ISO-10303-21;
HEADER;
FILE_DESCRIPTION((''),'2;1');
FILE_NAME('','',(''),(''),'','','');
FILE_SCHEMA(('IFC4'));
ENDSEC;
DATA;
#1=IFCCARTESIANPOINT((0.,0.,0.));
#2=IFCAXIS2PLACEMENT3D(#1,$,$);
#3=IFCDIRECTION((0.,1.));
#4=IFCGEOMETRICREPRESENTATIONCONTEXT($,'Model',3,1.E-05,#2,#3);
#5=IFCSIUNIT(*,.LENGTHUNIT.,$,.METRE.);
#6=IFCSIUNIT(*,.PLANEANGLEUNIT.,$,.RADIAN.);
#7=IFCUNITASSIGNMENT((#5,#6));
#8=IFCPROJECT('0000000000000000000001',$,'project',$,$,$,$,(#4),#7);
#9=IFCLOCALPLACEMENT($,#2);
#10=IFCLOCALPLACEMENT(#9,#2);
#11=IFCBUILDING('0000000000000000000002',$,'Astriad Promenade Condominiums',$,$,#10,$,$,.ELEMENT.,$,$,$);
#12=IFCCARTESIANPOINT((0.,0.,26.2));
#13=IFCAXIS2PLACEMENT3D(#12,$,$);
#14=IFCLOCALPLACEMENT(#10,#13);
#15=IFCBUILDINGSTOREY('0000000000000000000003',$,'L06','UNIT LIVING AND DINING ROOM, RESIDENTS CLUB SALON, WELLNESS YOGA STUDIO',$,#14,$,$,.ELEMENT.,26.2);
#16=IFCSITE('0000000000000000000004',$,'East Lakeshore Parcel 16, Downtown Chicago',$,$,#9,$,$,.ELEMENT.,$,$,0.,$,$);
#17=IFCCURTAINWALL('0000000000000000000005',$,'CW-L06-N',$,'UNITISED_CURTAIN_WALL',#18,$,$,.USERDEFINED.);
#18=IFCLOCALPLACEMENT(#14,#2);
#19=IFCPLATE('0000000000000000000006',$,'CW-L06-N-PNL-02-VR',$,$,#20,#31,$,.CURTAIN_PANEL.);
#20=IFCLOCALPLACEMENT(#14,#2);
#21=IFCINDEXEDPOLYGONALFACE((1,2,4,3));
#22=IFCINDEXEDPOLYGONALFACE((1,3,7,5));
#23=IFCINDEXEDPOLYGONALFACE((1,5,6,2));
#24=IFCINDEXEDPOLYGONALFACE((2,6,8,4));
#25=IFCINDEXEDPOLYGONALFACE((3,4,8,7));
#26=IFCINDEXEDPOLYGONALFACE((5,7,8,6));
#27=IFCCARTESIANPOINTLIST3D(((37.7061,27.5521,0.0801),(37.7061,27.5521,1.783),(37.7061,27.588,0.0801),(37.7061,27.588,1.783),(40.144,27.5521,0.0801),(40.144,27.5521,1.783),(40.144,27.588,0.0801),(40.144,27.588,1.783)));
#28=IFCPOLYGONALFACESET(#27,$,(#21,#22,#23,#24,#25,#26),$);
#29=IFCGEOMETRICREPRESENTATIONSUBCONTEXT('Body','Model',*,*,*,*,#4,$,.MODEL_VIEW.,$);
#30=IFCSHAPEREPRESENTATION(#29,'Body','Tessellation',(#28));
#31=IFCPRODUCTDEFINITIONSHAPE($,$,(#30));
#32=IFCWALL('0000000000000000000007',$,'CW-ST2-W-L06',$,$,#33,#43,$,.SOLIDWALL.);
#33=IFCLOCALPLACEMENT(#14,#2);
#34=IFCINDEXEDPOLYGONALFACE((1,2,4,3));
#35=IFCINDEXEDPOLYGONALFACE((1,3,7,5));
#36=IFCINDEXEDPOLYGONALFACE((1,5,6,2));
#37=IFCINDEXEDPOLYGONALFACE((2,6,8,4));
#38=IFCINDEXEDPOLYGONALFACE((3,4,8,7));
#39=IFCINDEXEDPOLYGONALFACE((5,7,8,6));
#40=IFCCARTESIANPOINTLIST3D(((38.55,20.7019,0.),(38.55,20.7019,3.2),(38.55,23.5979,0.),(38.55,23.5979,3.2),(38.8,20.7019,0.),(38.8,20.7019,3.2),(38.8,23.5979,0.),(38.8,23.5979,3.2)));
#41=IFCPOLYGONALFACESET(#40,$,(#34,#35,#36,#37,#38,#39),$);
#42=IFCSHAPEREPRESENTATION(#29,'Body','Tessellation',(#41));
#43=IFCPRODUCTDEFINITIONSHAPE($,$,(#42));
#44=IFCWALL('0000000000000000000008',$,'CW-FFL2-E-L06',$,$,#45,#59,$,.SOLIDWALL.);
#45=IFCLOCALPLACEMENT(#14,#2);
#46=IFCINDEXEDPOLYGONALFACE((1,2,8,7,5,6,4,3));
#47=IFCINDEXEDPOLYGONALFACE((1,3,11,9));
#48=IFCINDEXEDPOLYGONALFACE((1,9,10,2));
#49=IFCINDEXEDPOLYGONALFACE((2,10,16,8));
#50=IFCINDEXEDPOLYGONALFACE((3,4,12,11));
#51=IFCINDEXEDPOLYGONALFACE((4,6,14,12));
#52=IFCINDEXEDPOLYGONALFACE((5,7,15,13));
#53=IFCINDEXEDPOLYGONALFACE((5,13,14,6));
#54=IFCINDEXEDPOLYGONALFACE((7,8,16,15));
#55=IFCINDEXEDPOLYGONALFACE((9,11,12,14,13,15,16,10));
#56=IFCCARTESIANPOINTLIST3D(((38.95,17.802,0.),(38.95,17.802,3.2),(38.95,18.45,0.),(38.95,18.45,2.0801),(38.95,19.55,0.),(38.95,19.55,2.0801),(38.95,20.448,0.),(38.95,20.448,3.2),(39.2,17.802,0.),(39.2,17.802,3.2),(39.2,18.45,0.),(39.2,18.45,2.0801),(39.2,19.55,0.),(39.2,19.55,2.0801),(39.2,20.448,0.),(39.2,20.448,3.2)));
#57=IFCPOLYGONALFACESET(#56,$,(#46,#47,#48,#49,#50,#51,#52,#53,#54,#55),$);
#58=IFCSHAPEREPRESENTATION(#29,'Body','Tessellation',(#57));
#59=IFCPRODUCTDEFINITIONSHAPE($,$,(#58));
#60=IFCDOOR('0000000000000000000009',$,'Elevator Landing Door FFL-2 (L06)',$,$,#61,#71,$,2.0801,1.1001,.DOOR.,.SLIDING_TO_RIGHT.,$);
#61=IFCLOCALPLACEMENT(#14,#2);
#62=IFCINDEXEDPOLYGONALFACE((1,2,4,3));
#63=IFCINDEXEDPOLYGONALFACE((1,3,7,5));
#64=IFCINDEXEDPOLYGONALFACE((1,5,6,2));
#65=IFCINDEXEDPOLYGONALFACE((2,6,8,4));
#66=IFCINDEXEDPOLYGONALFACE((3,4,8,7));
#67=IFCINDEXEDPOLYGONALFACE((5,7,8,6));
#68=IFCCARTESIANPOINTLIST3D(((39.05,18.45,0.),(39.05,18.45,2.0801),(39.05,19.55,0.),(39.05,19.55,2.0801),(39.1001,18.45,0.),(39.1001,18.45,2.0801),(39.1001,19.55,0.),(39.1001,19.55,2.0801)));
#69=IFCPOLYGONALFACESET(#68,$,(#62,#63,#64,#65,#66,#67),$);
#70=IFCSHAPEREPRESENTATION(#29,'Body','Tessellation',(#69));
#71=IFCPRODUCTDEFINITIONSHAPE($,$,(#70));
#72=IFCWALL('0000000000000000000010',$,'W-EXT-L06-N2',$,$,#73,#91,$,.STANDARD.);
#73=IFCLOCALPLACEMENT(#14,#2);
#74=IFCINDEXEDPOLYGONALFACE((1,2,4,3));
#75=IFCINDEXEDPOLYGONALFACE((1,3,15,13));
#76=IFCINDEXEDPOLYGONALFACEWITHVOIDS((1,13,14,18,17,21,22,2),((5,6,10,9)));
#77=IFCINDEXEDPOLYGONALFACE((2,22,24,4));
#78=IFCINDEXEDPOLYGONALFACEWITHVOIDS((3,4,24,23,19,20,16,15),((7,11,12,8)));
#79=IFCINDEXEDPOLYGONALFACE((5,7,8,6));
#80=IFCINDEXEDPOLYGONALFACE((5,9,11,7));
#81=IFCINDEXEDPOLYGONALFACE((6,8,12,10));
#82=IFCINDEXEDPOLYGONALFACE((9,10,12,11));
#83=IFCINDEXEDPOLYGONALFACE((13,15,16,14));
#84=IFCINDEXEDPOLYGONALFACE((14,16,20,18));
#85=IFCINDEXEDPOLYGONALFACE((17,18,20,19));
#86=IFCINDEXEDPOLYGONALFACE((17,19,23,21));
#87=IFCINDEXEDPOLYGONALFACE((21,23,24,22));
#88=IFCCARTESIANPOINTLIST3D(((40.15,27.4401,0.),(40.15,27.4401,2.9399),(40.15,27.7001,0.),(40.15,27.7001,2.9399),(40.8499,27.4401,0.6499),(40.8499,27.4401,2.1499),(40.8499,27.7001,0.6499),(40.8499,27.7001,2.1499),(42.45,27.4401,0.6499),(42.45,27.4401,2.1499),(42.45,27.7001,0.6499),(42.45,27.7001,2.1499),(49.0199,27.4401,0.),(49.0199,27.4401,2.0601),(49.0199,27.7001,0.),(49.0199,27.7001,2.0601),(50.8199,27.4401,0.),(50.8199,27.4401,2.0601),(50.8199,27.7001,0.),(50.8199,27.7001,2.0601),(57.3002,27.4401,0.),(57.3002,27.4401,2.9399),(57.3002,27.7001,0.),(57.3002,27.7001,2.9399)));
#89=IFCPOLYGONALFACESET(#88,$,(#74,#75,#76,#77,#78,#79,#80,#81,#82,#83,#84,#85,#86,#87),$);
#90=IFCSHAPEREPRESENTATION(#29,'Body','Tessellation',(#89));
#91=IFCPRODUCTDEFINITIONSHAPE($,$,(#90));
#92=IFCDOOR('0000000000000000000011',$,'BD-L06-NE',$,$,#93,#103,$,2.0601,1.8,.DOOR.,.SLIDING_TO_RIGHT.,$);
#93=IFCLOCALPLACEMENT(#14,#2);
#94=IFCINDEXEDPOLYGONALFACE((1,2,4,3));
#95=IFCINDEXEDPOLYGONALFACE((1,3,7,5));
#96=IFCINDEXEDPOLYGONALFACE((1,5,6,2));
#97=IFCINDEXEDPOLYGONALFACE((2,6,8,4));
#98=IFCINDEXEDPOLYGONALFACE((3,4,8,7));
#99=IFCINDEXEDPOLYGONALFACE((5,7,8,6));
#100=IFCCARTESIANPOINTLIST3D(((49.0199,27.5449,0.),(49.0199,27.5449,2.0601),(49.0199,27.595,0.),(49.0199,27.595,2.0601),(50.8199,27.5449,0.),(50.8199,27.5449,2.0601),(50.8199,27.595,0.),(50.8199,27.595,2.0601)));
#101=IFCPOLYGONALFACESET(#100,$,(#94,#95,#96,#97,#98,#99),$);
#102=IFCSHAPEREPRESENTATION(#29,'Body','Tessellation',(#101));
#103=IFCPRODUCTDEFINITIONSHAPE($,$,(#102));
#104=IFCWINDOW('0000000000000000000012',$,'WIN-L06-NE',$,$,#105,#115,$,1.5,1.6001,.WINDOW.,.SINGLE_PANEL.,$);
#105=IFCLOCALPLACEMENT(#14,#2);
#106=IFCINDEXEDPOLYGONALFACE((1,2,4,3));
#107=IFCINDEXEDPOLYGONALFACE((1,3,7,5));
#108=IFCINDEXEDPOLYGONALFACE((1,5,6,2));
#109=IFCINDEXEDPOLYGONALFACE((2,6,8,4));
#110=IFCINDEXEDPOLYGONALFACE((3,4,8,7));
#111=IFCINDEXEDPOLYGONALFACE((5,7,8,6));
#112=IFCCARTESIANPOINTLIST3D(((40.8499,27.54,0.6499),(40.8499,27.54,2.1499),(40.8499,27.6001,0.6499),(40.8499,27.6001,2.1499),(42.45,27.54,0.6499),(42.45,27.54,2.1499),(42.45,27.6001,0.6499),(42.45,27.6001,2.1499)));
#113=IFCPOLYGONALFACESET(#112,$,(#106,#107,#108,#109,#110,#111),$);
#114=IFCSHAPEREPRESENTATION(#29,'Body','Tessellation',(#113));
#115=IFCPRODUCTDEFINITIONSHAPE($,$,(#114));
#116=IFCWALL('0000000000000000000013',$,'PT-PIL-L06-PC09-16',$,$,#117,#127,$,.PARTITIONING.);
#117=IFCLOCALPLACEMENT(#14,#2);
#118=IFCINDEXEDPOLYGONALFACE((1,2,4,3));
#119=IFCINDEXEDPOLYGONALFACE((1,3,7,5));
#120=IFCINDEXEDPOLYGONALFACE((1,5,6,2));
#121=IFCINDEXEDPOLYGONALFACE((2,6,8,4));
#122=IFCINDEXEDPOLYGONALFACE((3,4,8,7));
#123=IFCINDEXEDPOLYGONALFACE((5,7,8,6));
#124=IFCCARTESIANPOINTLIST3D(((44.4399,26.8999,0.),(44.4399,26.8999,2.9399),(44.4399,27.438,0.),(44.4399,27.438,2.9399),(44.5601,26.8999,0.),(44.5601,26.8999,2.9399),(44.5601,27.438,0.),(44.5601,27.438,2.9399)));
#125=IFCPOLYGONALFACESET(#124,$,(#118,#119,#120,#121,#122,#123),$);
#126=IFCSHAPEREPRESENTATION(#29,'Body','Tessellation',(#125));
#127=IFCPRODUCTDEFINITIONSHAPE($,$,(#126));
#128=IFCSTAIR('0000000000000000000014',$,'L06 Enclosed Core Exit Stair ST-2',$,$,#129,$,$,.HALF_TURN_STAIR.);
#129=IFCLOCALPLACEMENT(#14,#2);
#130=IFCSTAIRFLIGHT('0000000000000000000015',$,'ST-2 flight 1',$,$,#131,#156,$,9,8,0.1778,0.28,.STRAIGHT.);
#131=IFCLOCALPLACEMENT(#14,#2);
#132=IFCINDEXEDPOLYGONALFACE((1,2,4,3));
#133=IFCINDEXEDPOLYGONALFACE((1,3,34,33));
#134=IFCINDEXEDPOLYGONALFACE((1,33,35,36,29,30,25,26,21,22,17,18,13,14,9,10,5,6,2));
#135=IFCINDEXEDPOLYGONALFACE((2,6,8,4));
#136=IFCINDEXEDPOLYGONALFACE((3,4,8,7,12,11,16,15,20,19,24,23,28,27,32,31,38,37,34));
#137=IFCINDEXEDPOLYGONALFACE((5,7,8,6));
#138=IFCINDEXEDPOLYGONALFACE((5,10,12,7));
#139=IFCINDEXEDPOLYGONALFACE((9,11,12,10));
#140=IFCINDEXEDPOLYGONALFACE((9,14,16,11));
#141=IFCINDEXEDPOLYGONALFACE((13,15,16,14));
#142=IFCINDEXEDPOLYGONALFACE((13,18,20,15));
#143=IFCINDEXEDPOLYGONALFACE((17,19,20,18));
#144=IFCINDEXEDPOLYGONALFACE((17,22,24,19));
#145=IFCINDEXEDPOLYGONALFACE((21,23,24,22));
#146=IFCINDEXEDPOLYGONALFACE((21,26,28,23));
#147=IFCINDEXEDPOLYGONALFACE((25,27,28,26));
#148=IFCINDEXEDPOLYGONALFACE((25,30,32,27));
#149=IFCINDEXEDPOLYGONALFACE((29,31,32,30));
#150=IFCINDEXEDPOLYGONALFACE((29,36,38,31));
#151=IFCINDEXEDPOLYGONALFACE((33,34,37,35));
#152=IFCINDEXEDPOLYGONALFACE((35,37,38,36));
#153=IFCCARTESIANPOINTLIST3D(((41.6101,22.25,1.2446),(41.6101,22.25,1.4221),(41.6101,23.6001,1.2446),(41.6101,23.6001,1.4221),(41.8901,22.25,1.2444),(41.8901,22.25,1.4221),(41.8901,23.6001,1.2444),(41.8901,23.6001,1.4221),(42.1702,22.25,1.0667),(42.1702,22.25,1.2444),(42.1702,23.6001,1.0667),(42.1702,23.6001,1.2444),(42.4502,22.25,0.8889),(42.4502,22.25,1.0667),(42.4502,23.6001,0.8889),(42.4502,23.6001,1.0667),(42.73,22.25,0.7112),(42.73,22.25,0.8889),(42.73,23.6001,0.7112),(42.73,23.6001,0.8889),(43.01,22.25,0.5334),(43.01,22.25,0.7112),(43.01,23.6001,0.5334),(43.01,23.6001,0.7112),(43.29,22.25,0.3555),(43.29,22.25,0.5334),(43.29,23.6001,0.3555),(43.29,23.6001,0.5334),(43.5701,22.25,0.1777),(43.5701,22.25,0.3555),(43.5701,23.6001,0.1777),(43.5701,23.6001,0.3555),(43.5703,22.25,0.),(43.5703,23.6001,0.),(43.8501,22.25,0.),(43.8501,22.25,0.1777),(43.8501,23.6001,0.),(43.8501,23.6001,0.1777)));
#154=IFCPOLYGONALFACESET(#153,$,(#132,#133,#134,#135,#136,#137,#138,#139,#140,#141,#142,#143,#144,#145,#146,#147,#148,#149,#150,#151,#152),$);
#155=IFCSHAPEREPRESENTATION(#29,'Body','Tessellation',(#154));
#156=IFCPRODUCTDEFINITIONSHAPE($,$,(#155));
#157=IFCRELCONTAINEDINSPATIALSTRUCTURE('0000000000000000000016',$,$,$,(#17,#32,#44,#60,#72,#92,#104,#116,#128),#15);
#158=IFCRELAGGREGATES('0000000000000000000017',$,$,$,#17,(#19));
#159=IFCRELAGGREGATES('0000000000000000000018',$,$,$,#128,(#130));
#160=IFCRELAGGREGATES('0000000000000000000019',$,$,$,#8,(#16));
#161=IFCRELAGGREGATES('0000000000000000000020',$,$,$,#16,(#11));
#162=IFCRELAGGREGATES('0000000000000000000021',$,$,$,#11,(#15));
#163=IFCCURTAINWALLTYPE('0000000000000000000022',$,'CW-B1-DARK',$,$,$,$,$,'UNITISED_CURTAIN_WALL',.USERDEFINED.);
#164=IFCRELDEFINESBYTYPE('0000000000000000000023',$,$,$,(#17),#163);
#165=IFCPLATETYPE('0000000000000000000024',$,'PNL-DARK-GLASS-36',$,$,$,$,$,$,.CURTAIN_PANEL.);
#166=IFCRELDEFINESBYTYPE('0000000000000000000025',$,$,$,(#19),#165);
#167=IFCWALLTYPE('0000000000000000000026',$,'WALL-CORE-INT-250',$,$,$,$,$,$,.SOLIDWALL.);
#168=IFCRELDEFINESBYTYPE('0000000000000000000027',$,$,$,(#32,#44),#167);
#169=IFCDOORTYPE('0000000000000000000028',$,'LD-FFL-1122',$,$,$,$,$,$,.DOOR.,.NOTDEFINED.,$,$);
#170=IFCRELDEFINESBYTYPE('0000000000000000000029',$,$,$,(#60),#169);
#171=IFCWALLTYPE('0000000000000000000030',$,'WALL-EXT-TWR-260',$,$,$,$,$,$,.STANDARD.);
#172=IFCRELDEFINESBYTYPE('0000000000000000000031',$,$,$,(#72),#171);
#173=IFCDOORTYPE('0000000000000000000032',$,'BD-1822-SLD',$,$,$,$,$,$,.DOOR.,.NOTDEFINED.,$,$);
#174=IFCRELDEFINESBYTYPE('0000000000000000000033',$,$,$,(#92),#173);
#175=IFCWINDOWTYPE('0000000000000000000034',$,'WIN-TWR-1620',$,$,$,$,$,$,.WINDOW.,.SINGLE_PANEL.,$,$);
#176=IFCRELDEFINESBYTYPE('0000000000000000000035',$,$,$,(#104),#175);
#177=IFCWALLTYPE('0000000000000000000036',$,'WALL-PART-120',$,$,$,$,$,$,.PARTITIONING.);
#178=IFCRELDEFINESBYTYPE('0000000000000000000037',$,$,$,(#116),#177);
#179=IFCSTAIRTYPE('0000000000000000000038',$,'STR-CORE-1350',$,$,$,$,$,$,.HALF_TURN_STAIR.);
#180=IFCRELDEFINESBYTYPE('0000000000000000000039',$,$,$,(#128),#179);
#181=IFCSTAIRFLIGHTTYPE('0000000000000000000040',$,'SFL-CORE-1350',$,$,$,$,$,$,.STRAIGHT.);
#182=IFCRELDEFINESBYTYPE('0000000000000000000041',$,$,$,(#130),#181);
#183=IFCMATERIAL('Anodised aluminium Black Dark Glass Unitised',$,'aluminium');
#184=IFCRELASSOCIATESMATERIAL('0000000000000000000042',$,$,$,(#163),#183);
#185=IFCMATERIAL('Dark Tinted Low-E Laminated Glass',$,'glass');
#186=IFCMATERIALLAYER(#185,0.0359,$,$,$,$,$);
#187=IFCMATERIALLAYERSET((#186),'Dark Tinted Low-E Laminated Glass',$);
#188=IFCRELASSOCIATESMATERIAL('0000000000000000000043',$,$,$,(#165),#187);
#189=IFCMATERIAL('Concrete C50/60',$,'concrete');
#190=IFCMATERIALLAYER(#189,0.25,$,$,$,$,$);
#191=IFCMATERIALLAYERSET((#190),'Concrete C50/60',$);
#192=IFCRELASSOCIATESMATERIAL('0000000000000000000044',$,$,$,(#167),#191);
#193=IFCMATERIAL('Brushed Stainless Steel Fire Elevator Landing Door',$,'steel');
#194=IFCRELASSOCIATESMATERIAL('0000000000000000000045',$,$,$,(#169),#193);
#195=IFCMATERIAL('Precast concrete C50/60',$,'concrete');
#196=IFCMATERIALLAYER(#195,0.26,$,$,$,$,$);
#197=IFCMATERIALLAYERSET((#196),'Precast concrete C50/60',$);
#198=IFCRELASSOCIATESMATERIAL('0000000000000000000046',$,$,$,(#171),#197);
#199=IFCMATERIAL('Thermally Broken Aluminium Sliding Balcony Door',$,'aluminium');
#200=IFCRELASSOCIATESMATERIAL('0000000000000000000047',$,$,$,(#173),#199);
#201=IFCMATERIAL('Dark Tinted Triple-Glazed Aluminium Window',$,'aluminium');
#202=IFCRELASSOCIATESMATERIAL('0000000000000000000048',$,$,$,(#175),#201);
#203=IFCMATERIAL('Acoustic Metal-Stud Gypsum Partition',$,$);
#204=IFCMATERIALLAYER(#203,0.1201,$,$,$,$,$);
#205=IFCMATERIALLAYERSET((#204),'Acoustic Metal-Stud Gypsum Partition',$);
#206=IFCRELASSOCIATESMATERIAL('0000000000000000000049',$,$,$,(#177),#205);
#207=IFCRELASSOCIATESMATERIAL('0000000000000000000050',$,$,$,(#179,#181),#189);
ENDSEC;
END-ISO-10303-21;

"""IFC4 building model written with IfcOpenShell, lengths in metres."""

from ifc_helpers import new_model, si_unit, direction, frame, frame_2d, origin, origin_2d, place, context, subcontext, project, spatial, polyline, rectangle, outline, extrude, source, transform, mapped, material, layer, layer_set, type_object, type_shapes, element, fill, aggregate, save


model = new_model("IFC4")

# Units and contexts
model_context = context("Model", 3, precision=1e-05, world=origin(), true_north=direction((0.0, 1.0)))
body_context = subcontext(model_context, "Body", "Model", "MODEL_VIEW")
ifc_project = project(units=[si_unit("LENGTHUNIT", "METRE"), si_unit("PLANEANGLEUNIT", "RADIAN")], contexts=[model_context])

# Site, building, storey
site_placement = place(None, origin())
site = spatial("IfcSite", under=ifc_project, at=site_placement, Name="East Lakeshore Parcel 16, Downtown Chicago", CompositionType="ELEMENT", RefElevation=0.0)
building_placement = place(site_placement, origin())
building = spatial("IfcBuilding", under=site, at=building_placement, Name="Astriad Promenade Condominiums", CompositionType="ELEMENT")
storey_placement = place(building_placement, frame((0.0, 0.0, 26.2)))
storey = spatial("IfcBuildingStorey", under=building, at=storey_placement, Name="L06", Description="UNIT LIVING AND DINING ROOM, RESIDENTS CLUB SALON, WELLNESS YOGA STUDIO", CompositionType="ELEMENT", Elevation=26.2)

# Curtain wall, plate
ifc_material_1 = material(Name="Anodised aluminium Black Dark Glass Unitised", Category="aluminium")
curtain_wall_type = type_object("IfcCurtainWallType", Name="CW-B1-DARK", ElementType="UNITISED_CURTAIN_WALL", PredefinedType="USERDEFINED", material=ifc_material_1)
curtain_wall_placement = place(storey_placement, origin())
curtain_wall = element("IfcCurtainWall", 1, at=curtain_wall_placement, inside=storey, type_object=curtain_wall_type, Name="CW-L06-N", ObjectType="UNITISED_CURTAIN_WALL", PredefinedType="USERDEFINED")
ifc_material_2 = material(Name="Dark Tinted Low-E Laminated Glass", Category="glass")
ifc_layer_1 = layer(ifc_material_2, 0.0359)
ifc_layer_set_1 = layer_set([ifc_layer_1], Name="Dark Tinted Low-E Laminated Glass")
plate_type = type_object("IfcPlateType", Name="PNL-DARK-GLASS-36", PredefinedType="CURTAIN_PANEL", material=ifc_layer_set_1)
shared_shape_1 = source(origin(), body_context, "Body", "SweptSolid", [
    extrude(rectangle(XDim=2.438, YDim=0.0359, at=origin_2d()), origin(), (0.0, 0.0, 1.0), 1.7029),
])
type_shapes(plate_type, [shared_shape_1])
plate_placement = place(storey_placement, frame((38.925, 27.5701, 0.0801), z_axis=(0.0, 0.0, 1.0), x_axis=(1.0, 0.0, 0.0)))
plate = element("IfcPlate", 2, at=plate_placement, type_object=plate_type, Name="CW-L06-N-PNL-02-VR", PredefinedType="CURTAIN_PANEL", context=body_context, shape_type="MappedRepresentation", body=[
    mapped(shared_shape_1, transform((0.0, 0.0, 0.0), scale=1.0)),
])
aggregate(curtain_wall, [plate])

# Wall
ifc_material_3 = material(Name="Concrete C50/60", Category="concrete")
ifc_layer_2 = layer(ifc_material_3, 0.25)
ifc_layer_set_2 = layer_set([ifc_layer_2], Name="Concrete C50/60")
wall_type_1 = type_object("IfcWallType", Name="WALL-CORE-INT-250", PredefinedType="SOLIDWALL", material=ifc_layer_set_2)
wall_1_placement = place(storey_placement, frame((38.675, 20.7019, 0.0), z_axis=(0.0, 0.0, 1.0), x_axis=(0.0, 1.0, 0.0)))
element("IfcWall", 3, at=wall_1_placement, inside=storey, type_object=wall_type_1, Name="CW-ST2-W-L06", PredefinedType="SOLIDWALL", context=body_context, shape_type="SweptSolid", body=[
    extrude(rectangle(XDim=2.896, YDim=0.25, at=frame_2d((1.448, 0.0))), origin(), (0.0, 0.0, 1.0), 3.2),
])

# Wall, opening, door
wall_2_placement = place(storey_placement, frame((39.075, 17.802, 0.0), z_axis=(0.0, 0.0, 1.0), x_axis=(0.0, 1.0, 0.0)))
wall_2 = element("IfcWall", 4, at=wall_2_placement, inside=storey, type_object=wall_type_1, Name="CW-FFL2-E-L06", PredefinedType="SOLIDWALL", context=body_context, shape_type="SweptSolid", body=[
    extrude(rectangle(XDim=2.646, YDim=0.25, at=frame_2d((1.323, 0.0))), origin(), (0.0, 0.0, 1.0), 3.2),
])
opening_1_placement = place(wall_2_placement, frame((0.6479, 0.0, 0.0)))
opening_1 = element("IfcOpeningElement", 5, at=opening_1_placement, cuts=wall_2, PredefinedType="OPENING", context=body_context, shape_type="SweptSolid", body=[
    extrude(rectangle(XDim=1.1001, YDim=2.0801, at=frame_2d((0.55, 1.04))), frame((0.0, 0.135, 0.0), z_axis=(0.0, -1.0, 0.0), x_axis=(1.0, 0.0, 0.0)), (0.0, 0.0, 1.0), 0.27),
])
ifc_material_4 = material(Name="Brushed Stainless Steel Fire Elevator Landing Door", Category="steel")
door_type_1 = type_object("IfcDoorType", Name="LD-FFL-1122", OperationType="NOTDEFINED", PredefinedType="DOOR", material=ifc_material_4)
shared_shape_2 = source(origin(), body_context, "Body", "SweptSolid", [
    extrude(rectangle(XDim=1.1001, YDim=2.0801, at=frame_2d((0.55, 1.04))), frame((0.0, 0.0249, 0.0), z_axis=(0.0, -1.0, 0.0), x_axis=(1.0, 0.0, 0.0)), (0.0, 0.0, 1.0), 0.05),
])
type_shapes(door_type_1, [shared_shape_2])
door_1_placement = place(opening_1_placement, origin())
door_1 = element("IfcDoor", 6, at=door_1_placement, inside=storey, type_object=door_type_1, Name="Elevator Landing Door FFL-2 (L06)", OperationType="SLIDING_TO_RIGHT", OverallHeight=2.0801, OverallWidth=1.1001, PredefinedType="DOOR", context=body_context, shape_type="MappedRepresentation", body=[
    mapped(shared_shape_2, transform((0.0, 0.0, 0.0), scale=1.0)),
])
fill(opening_1, door_1)

# Wall, openings, door, window
ifc_material_5 = material(Name="Precast concrete C50/60", Category="concrete")
ifc_layer_3 = layer(ifc_material_5, 0.26)
ifc_layer_set_3 = layer_set([ifc_layer_3], Name="Precast concrete C50/60")
wall_type_2 = type_object("IfcWallType", Name="WALL-EXT-TWR-260", PredefinedType="STANDARD", material=ifc_layer_set_3)
wall_3_placement = place(storey_placement, frame((40.1499, 27.5701, 0.0), z_axis=(0.0, 0.0, 1.0), x_axis=(1.0, 0.0, 0.0)))
wall_3 = element("IfcWall", 7, at=wall_3_placement, inside=storey, type_object=wall_type_2, Name="W-EXT-L06-N2", PredefinedType="STANDARD", context=body_context, shape_type="SweptSolid", body=[
    extrude(rectangle(XDim=17.1501, YDim=0.26, at=frame_2d((8.5752, 0.0))), origin(), (0.0, 0.0, 1.0), 2.9399),
])
opening_2_placement = place(wall_3_placement, frame((8.8701, 0.0, 0.0)))
opening_2 = element("IfcOpeningElement", 8, at=opening_2_placement, cuts=wall_3, PredefinedType="OPENING", context=body_context, shape_type="SweptSolid", body=[
    extrude(rectangle(XDim=1.8, YDim=2.0601, at=frame_2d((0.8999, 1.03))), frame((0.0, 0.1399, 0.0), z_axis=(0.0, -1.0, 0.0), x_axis=(1.0, 0.0, 0.0)), (0.0, 0.0, 1.0), 0.28),
])
opening_3_placement = place(wall_3_placement, frame((0.7, 0.0, 0.6499)))
opening_3 = element("IfcOpeningElement", 9, at=opening_3_placement, cuts=wall_3, PredefinedType="OPENING", context=body_context, shape_type="SweptSolid", body=[
    extrude(rectangle(XDim=1.6001, YDim=1.5, at=frame_2d((0.8, 0.75))), frame((0.0, 0.1399, 0.0), z_axis=(0.0, -1.0, 0.0), x_axis=(1.0, 0.0, 0.0)), (0.0, 0.0, 1.0), 0.28),
])
ifc_material_6 = material(Name="Thermally Broken Aluminium Sliding Balcony Door", Category="aluminium")
door_type_2 = type_object("IfcDoorType", Name="BD-1822-SLD", OperationType="NOTDEFINED", PredefinedType="DOOR", material=ifc_material_6)
shared_shape_3 = source(origin(), body_context, "Body", "SweptSolid", [
    extrude(rectangle(XDim=1.8, YDim=2.0601, at=frame_2d((0.8999, 1.03))), frame((0.0, 0.0249, 0.0), z_axis=(0.0, -1.0, 0.0), x_axis=(1.0, 0.0, 0.0)), (0.0, 0.0, 1.0), 0.05),
])
type_shapes(door_type_2, [shared_shape_3])
door_2_placement = place(opening_2_placement, origin())
door_2 = element("IfcDoor", 10, at=door_2_placement, inside=storey, type_object=door_type_2, Name="BD-L06-NE", OperationType="SLIDING_TO_RIGHT", OverallHeight=2.0601, OverallWidth=1.8, PredefinedType="DOOR", context=body_context, shape_type="MappedRepresentation", body=[
    mapped(shared_shape_3, transform((0.0, 0.0, 0.0), scale=1.0)),
])
fill(opening_2, door_2)
ifc_material_7 = material(Name="Dark Tinted Triple-Glazed Aluminium Window", Category="aluminium")
window_type = type_object("IfcWindowType", Name="WIN-TWR-1620", PartitioningType="SINGLE_PANEL", PredefinedType="WINDOW", material=ifc_material_7)
shared_shape_4 = source(origin(), body_context, "Body", "SweptSolid", [
    extrude(rectangle(XDim=1.6001, YDim=1.5, at=frame_2d((0.8, 0.75))), frame((0.0, 0.03, 0.0), z_axis=(0.0, -1.0, 0.0), x_axis=(1.0, 0.0, 0.0)), (0.0, 0.0, 1.0), 0.0601),
])
type_shapes(window_type, [shared_shape_4])
window_placement = place(opening_3_placement, origin())
window = element("IfcWindow", 11, at=window_placement, inside=storey, type_object=window_type, Name="WIN-L06-NE", OverallHeight=1.5, OverallWidth=1.6001, PartitioningType="SINGLE_PANEL", PredefinedType="WINDOW", context=body_context, shape_type="MappedRepresentation", body=[
    mapped(shared_shape_4, transform((0.0, 0.0, 0.0), scale=1.0)),
])
fill(opening_3, window)

# Wall
ifc_material_8 = material(Name="Acoustic Metal-Stud Gypsum Partition")
ifc_layer_4 = layer(ifc_material_8, 0.1201)
ifc_layer_set_4 = layer_set([ifc_layer_4], Name="Acoustic Metal-Stud Gypsum Partition")
wall_type_3 = type_object("IfcWallType", Name="WALL-PART-120", PredefinedType="PARTITIONING", material=ifc_layer_set_4)
wall_4_placement = place(storey_placement, frame((44.5, 26.8999, 0.0), z_axis=(0.0, 0.0, 1.0), x_axis=(0.0, 1.0, 0.0)))
element("IfcWall", 12, at=wall_4_placement, inside=storey, type_object=wall_type_3, Name="PT-PIL-L06-PC09-16", PredefinedType="PARTITIONING", context=body_context, shape_type="SweptSolid", body=[
    extrude(rectangle(XDim=0.5381, YDim=0.1201, at=frame_2d((0.269, 0.0))), origin(), (0.0, 0.0, 1.0), 2.9399),
])

# Stair, stair flight
stair_type = type_object("IfcStairType", Name="STR-CORE-1350", PredefinedType="HALF_TURN_STAIR", material=ifc_material_3)
stair_placement = place(storey_placement, origin())
stair = element("IfcStair", 13, at=stair_placement, inside=storey, type_object=stair_type, Name="L06 Enclosed Core Exit Stair ST-2", PredefinedType="HALF_TURN_STAIR")
stair_flight_type = type_object("IfcStairFlightType", Name="SFL-CORE-1350", PredefinedType="STRAIGHT", material=ifc_material_3)
shared_shape_5 = source(origin(), body_context, "Body", "SweptSolid", [
    extrude(outline(polyline([(0.0, 0.0), (0.0, 0.1777), (0.28, 0.1777), (0.28, 0.3555), (0.5601, 0.3555), (0.5601, 0.5334), (0.8401, 0.5334), (0.8401, 0.7112), (1.1201, 0.7112), (1.1201, 0.8889), (1.3999, 0.8889), (1.3999, 1.0667), (1.6799, 1.0667), (1.6799, 1.2444), (1.96, 1.2444), (1.96, 1.4221), (2.24, 1.4221), (2.24, 1.6001), (2.24, 1.2446), (0.2798, 0.0), (0.0, 0.0)])), frame((0.0, 0.675, 0.0), z_axis=(0.0, -1.0, 0.0), x_axis=(1.0, 0.0, 0.0)), (0.0, 0.0, 1.0), 1.3501),
])
type_shapes(stair_flight_type, [shared_shape_5])
stair_flight_1_placement = place(storey_placement, frame((43.8501, 22.925, 0.0), z_axis=(0.0, 0.0, 1.0), x_axis=(-1.0, 0.0, 0.0)))
stair_flight_1 = element("IfcStairFlight", 14, at=stair_flight_1_placement, type_object=stair_flight_type, Name="ST-2 flight 1", NumberOfRisers=9, NumberOfTreads=8, PredefinedType="STRAIGHT", RiserHeight=0.1778, TreadLength=0.28, context=body_context, shape_type="MappedRepresentation", body=[
    mapped(shared_shape_5, transform((0.0, 0.0, 0.0), scale=1.0)),
])
aggregate(stair, [stair_flight_1])

save(model, "model.ifc")
